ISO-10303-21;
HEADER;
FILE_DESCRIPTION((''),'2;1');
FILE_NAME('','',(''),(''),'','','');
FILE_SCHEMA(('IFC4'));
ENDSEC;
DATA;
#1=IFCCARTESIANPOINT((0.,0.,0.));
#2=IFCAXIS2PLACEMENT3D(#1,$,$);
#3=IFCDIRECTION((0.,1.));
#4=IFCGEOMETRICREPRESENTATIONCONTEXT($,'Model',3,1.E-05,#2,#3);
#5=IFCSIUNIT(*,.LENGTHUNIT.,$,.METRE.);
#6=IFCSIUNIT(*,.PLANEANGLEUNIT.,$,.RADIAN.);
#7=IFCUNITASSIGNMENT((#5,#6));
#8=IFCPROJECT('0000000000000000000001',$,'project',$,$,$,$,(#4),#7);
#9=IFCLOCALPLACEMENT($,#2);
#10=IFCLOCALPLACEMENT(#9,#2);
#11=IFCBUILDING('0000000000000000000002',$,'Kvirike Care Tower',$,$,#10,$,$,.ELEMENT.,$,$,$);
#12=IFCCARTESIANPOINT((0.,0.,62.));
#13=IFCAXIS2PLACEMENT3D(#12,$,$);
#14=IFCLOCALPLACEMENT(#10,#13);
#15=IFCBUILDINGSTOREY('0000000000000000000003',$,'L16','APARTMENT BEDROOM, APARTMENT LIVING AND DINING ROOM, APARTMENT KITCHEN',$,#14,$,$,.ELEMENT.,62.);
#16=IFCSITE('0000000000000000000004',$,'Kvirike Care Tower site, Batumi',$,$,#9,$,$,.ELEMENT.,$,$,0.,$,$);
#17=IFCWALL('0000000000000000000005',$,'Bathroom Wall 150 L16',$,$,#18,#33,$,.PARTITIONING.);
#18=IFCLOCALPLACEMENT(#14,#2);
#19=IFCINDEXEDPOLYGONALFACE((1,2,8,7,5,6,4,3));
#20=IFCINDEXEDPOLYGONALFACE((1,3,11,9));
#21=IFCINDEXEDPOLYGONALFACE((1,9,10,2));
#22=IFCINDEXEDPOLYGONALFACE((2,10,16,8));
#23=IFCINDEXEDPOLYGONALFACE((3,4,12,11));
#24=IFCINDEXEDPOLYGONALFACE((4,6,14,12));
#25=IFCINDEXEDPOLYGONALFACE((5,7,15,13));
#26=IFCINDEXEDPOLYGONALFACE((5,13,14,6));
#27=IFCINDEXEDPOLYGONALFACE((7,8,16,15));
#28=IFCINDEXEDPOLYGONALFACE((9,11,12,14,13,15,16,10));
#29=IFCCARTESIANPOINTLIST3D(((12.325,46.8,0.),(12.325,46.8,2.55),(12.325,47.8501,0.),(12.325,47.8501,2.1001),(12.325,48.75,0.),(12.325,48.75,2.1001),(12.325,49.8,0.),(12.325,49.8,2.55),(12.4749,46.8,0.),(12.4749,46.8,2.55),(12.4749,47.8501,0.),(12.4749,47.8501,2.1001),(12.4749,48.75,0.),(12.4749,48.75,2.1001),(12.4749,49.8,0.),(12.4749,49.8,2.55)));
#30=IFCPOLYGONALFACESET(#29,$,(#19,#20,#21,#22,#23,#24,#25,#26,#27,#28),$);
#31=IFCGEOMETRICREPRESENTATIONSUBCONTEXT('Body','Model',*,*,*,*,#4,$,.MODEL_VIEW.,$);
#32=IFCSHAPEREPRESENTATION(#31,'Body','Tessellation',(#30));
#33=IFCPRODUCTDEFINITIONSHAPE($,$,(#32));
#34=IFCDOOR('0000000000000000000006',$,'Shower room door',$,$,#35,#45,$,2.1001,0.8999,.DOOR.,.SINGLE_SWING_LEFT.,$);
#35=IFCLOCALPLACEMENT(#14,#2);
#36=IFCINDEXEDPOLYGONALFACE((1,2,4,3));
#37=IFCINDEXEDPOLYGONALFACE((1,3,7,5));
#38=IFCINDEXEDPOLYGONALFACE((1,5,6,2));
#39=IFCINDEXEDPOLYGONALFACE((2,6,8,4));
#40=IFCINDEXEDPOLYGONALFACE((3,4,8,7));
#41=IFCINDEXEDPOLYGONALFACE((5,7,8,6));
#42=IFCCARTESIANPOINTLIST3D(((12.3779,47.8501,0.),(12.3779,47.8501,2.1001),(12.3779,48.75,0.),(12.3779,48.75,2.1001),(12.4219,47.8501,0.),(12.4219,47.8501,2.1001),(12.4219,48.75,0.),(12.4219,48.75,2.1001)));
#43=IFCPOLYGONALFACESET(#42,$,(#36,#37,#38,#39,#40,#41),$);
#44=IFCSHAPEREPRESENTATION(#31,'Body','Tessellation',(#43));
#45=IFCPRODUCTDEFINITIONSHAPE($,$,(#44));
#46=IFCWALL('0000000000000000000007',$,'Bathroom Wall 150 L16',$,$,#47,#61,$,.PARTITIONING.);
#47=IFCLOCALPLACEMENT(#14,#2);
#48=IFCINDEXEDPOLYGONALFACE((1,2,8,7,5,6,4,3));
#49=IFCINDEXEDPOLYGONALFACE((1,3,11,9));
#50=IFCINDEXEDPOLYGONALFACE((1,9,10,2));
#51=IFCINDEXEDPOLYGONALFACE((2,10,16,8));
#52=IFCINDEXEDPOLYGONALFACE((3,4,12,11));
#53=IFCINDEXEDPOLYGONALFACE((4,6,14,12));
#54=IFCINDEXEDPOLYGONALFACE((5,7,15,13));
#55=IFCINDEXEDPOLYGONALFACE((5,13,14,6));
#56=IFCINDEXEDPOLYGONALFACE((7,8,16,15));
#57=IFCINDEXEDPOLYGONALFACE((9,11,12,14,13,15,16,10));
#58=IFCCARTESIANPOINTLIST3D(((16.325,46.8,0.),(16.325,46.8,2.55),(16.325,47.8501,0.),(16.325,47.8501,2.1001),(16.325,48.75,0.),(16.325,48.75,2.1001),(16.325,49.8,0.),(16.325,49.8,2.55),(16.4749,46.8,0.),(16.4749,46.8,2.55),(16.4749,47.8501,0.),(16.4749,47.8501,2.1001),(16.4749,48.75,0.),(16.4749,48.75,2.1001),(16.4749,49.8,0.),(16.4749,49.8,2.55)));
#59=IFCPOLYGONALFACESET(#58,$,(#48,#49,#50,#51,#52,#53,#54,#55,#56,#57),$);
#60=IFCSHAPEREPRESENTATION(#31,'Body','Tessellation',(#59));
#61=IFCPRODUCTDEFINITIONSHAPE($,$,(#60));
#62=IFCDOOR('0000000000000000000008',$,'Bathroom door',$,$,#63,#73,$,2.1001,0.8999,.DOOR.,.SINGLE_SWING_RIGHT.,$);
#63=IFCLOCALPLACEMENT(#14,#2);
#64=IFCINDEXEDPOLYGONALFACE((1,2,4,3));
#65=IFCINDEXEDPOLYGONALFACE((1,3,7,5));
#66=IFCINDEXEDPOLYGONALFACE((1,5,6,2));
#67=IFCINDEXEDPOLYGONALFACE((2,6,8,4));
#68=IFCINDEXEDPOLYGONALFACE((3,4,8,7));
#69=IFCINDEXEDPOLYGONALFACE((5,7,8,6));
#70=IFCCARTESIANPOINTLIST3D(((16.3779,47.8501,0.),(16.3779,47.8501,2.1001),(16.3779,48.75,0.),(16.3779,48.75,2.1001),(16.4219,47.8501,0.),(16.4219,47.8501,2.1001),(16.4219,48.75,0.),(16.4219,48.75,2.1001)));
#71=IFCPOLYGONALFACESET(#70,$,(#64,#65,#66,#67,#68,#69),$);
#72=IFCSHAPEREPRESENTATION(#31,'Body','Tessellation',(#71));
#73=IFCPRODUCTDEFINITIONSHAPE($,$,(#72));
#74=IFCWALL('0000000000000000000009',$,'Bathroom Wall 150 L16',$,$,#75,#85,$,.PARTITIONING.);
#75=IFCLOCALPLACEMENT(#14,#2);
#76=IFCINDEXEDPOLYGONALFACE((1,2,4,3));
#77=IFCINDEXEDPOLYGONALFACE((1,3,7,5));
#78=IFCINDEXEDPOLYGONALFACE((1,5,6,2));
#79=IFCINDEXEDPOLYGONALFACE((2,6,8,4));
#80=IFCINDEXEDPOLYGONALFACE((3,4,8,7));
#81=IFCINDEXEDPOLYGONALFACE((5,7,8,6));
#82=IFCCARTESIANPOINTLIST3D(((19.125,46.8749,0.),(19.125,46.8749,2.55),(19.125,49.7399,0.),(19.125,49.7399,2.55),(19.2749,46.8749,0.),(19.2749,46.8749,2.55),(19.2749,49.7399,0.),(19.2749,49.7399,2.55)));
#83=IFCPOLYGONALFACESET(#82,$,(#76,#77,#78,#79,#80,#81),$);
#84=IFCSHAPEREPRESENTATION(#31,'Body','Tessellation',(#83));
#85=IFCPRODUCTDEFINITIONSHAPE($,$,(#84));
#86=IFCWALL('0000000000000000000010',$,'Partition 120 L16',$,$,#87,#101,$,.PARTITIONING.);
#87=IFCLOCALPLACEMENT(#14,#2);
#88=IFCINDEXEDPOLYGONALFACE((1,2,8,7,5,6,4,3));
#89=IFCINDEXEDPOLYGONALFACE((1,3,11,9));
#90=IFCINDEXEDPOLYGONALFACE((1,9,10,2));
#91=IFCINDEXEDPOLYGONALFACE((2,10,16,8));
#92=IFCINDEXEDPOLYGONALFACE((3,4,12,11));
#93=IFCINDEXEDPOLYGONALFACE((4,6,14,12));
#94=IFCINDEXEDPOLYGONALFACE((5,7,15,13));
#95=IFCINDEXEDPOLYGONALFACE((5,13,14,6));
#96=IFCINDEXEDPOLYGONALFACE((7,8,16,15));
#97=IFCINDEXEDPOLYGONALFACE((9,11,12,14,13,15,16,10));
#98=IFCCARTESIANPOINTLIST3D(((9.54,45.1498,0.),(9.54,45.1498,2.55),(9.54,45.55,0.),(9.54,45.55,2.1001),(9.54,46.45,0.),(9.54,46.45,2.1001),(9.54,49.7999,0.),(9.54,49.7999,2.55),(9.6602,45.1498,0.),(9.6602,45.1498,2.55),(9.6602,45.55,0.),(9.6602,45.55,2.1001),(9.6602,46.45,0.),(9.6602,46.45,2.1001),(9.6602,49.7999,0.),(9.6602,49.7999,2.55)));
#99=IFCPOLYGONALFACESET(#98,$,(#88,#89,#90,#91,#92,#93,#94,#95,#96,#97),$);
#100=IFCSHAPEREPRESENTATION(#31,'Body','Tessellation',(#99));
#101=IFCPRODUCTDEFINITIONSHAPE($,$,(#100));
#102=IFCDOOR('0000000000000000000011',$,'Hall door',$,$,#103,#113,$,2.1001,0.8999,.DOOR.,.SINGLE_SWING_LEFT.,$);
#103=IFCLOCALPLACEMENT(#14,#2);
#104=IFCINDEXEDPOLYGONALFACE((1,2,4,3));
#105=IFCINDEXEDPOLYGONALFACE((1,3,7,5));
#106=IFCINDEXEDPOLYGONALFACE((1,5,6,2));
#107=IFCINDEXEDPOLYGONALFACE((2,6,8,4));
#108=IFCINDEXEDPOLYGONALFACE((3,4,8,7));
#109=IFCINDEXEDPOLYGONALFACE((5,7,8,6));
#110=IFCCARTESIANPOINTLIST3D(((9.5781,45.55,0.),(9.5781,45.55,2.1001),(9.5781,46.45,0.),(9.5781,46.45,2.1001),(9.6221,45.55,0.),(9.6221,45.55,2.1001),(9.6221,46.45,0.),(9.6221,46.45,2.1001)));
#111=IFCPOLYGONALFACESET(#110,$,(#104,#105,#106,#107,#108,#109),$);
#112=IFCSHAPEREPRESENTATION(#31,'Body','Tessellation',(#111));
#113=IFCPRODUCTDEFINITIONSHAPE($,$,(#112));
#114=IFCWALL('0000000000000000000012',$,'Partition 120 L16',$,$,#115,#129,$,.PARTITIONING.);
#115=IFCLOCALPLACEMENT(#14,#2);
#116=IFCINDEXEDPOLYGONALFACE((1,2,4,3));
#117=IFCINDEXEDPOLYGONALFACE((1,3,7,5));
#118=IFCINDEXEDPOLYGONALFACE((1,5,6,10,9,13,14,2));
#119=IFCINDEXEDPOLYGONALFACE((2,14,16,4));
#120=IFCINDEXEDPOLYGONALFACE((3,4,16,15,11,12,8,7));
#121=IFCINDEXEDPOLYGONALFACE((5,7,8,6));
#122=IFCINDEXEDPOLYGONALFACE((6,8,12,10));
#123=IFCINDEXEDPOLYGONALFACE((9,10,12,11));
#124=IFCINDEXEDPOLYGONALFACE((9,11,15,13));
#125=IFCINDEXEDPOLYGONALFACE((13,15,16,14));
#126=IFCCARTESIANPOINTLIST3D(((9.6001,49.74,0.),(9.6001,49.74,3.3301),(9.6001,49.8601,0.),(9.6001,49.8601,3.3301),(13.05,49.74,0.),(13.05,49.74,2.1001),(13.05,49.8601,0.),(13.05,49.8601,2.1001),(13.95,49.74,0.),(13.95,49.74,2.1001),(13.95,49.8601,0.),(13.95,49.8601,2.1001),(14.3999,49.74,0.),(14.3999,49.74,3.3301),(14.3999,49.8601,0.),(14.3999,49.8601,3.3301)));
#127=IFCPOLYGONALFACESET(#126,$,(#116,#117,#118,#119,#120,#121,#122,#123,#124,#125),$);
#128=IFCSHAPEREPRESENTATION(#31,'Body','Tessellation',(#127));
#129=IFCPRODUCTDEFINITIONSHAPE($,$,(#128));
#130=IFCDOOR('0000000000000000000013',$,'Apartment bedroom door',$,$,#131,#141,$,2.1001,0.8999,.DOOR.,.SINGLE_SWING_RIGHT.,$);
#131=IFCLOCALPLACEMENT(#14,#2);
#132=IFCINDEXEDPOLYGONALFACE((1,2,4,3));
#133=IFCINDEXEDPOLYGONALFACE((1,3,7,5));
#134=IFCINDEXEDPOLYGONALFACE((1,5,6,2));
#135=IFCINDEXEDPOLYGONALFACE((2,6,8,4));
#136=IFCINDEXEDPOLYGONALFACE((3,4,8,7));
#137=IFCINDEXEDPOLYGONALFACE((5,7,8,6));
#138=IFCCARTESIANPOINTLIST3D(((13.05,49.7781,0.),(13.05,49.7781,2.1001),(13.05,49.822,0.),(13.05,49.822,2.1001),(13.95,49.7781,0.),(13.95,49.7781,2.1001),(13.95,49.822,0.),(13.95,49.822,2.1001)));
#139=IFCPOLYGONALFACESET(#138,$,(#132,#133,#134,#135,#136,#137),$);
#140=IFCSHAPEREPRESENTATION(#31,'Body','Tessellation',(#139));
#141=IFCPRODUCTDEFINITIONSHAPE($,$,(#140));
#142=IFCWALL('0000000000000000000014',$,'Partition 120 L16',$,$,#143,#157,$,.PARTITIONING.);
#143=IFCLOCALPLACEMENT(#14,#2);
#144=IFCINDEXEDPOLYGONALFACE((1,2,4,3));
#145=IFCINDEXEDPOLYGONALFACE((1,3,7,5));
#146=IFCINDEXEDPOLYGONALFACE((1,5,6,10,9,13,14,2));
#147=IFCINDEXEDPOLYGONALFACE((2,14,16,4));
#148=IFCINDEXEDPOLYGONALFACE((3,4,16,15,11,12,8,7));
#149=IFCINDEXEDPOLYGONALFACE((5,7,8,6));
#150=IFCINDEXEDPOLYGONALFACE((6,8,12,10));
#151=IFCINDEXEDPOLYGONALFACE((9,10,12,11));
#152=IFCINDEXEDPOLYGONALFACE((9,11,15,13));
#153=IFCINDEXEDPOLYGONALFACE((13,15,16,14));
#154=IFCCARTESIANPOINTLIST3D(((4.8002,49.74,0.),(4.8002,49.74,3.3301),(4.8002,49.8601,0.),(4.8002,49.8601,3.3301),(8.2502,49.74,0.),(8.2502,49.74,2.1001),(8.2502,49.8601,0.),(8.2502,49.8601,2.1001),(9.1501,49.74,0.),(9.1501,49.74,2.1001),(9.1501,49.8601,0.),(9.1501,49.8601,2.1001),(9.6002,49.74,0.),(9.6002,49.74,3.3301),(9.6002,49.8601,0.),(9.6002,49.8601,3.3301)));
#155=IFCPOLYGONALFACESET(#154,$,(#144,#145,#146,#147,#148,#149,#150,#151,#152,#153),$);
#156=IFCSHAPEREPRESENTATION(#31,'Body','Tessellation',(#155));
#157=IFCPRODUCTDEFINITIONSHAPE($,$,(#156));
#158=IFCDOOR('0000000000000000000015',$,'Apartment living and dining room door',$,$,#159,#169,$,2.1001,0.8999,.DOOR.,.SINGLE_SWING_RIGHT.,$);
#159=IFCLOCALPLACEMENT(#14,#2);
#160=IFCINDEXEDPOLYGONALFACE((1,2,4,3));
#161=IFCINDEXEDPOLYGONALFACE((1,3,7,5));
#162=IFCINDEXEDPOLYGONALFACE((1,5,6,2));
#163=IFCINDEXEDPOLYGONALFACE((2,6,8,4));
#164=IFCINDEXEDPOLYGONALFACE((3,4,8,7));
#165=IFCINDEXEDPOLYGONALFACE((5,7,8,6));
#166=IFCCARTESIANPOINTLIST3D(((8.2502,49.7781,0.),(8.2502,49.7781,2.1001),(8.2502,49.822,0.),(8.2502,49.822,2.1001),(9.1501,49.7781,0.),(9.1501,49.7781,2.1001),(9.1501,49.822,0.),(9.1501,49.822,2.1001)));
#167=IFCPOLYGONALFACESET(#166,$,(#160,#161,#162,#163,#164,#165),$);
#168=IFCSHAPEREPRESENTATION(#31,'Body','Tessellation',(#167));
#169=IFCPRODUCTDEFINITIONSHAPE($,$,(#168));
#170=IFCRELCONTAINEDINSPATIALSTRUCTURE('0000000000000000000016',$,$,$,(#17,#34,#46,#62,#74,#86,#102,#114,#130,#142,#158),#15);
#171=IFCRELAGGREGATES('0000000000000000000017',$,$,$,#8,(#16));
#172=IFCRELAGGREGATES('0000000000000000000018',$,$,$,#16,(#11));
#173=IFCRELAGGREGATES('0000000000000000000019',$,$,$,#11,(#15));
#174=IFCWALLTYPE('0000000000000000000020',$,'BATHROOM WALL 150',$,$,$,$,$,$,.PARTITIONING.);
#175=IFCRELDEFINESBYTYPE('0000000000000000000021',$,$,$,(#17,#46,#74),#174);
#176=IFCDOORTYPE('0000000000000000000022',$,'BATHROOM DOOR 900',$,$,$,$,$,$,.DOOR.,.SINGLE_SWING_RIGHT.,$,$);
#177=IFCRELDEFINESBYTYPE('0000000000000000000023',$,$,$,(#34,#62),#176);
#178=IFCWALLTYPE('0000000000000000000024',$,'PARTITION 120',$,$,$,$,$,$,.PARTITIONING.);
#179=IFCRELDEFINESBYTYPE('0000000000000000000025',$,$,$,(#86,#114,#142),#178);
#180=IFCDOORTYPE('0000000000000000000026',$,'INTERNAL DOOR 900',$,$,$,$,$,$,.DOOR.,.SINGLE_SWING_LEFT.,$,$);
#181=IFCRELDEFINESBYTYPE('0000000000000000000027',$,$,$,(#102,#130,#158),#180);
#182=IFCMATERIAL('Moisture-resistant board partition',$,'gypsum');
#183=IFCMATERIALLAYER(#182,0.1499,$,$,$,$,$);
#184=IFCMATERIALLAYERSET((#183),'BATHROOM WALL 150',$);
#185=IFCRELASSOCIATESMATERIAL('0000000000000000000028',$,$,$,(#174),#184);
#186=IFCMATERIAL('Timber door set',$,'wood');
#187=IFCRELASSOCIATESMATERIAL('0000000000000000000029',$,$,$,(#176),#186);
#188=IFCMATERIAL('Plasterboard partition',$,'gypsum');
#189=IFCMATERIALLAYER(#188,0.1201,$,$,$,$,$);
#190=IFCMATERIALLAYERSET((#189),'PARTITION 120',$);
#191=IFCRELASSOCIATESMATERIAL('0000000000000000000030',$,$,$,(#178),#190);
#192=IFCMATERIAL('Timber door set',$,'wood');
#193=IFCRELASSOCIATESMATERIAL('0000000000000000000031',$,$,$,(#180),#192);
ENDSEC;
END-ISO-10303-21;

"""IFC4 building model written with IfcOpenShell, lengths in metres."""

from ifc_helpers import new_model, si_unit, direction, frame, frame_2d, origin, place, context, subcontext, project, spatial, rectangle, extrude, material, layer, layer_set, type_object, element, fill, save


model = new_model("IFC4")

# Units and contexts
model_context = context("Model", 3, precision=1e-05, world=origin(), true_north=direction((0.0, 1.0)))
body_context = subcontext(model_context, "Body", "Model", "MODEL_VIEW")
ifc_project = project(units=[si_unit("LENGTHUNIT", "METRE"), si_unit("PLANEANGLEUNIT", "RADIAN")], contexts=[model_context])

# Site, building, storey
site_placement = place(None, origin())
site = spatial("IfcSite", under=ifc_project, at=site_placement, Name="Kvirike Care Tower site, Batumi", CompositionType="ELEMENT", RefElevation=0.0)
building_placement = place(site_placement, origin())
building = spatial("IfcBuilding", under=site, at=building_placement, Name="Kvirike Care Tower", CompositionType="ELEMENT")
storey_placement = place(building_placement, frame((0.0, 0.0, 62.0)))
storey = spatial("IfcBuildingStorey", under=building, at=storey_placement, Name="L16", Description="APARTMENT BEDROOM, APARTMENT LIVING AND DINING ROOM, APARTMENT KITCHEN", CompositionType="ELEMENT", Elevation=62.0)

# Walls, openings, doors
ifc_material_1 = material(Name="Moisture-resistant board partition", Category="gypsum")
ifc_layer_1 = layer(ifc_material_1, 0.1499)
ifc_layer_set_1 = layer_set([ifc_layer_1], Name="BATHROOM WALL 150")
wall_type_1 = type_object("IfcWallType", Name="BATHROOM WALL 150", PredefinedType="PARTITIONING", material=ifc_layer_set_1)
wall_1_placement = place(storey_placement, frame((12.3999, 49.8, 0.0), z_axis=(0.0, 0.0, 1.0), x_axis=(0.0, -1.0, 0.0)))
wall_1 = element("IfcWall", 1, at=wall_1_placement, inside=storey, type_object=wall_type_1, Name="Bathroom Wall 150 L16", PredefinedType="PARTITIONING", context=body_context, shape_type="SweptSolid", body=[
    extrude(rectangle(XDim=3.0, YDim=0.1499, at=frame_2d((1.5, 0.0))), origin(), (0.0, 0.0, 1.0), 2.55),
])
opening_1_placement = place(wall_1_placement, frame((1.05, 0.0, 0.0)))
opening_1 = element("IfcOpeningElement", 2, at=opening_1_placement, cuts=wall_1, PredefinedType="OPENING", context=body_context, shape_type="SweptSolid", body=[
    extrude(rectangle(XDim=0.8999, YDim=2.1001, at=frame_2d((0.45, 1.05))), frame((0.0, 0.0854, 0.0), z_axis=(0.0, -1.0, 0.0), x_axis=(1.0, 0.0, 0.0)), (0.0, 0.0, 1.0), 0.1709),
])
ifc_material_2 = material(Name="Timber door set", Category="wood")
door_type_1 = type_object("IfcDoorType", Name="BATHROOM DOOR 900", OperationType="SINGLE_SWING_RIGHT", PredefinedType="DOOR", material=ifc_material_2)
door_1_placement = place(opening_1_placement, frame((0.8999, 0.0, 0.0), z_axis=(0.0, 0.0, 1.0), x_axis=(-1.0, 0.0, 0.0)))
door_1 = element("IfcDoor", 3, at=door_1_placement, inside=storey, type_object=door_type_1, Name="Shower room door", OperationType="SINGLE_SWING_LEFT", OverallHeight=2.1001, OverallWidth=0.8999, PredefinedType="DOOR", context=body_context, shape_type="SweptSolid", body=[
    extrude(rectangle(XDim=0.8999, YDim=2.1001, at=frame_2d((0.45, 1.05))), frame((0.0, 0.022, 0.0), z_axis=(0.0, -1.0, 0.0), x_axis=(1.0, 0.0, 0.0)), (0.0, 0.0, 1.0), 0.0439),
])
fill(opening_1, door_1)
wall_2_placement = place(storey_placement, frame((16.3999, 49.8, 0.0), z_axis=(0.0, 0.0, 1.0), x_axis=(0.0, -1.0, 0.0)))
wall_2 = element("IfcWall", 4, at=wall_2_placement, inside=storey, type_object=wall_type_1, Name="Bathroom Wall 150 L16", PredefinedType="PARTITIONING", context=body_context, shape_type="SweptSolid", body=[
    extrude(rectangle(XDim=3.0, YDim=0.1499, at=frame_2d((1.5, 0.0))), origin(), (0.0, 0.0, 1.0), 2.55),
])
opening_2_placement = place(wall_2_placement, frame((1.05, 0.0, 0.0)))
opening_2 = element("IfcOpeningElement", 5, at=opening_2_placement, cuts=wall_2, PredefinedType="OPENING", context=body_context, shape_type="SweptSolid", body=[
    extrude(rectangle(XDim=0.8999, YDim=2.1001, at=frame_2d((0.45, 1.05))), frame((0.0, 0.0854, 0.0), z_axis=(0.0, -1.0, 0.0), x_axis=(1.0, 0.0, 0.0)), (0.0, 0.0, 1.0), 0.1709),
])
door_2_placement = place(opening_2_placement, origin())
door_2 = element("IfcDoor", 6, at=door_2_placement, inside=storey, type_object=door_type_1, Name="Bathroom door", OperationType="SINGLE_SWING_RIGHT", OverallHeight=2.1001, OverallWidth=0.8999, PredefinedType="DOOR", context=body_context, shape_type="SweptSolid", body=[
    extrude(rectangle(XDim=0.8999, YDim=2.1001, at=frame_2d((0.45, 1.05))), frame((0.0, 0.022, 0.0), z_axis=(0.0, -1.0, 0.0), x_axis=(1.0, 0.0, 0.0)), (0.0, 0.0, 1.0), 0.0439),
])
fill(opening_2, door_2)

# Wall
wall_3_placement = place(storey_placement, frame((19.2, 49.74, 0.0), z_axis=(0.0, 0.0, 1.0), x_axis=(0.0, -1.0, 0.0)))
element("IfcWall", 7, at=wall_3_placement, inside=storey, type_object=wall_type_1, Name="Bathroom Wall 150 L16", PredefinedType="PARTITIONING", context=body_context, shape_type="SweptSolid", body=[
    extrude(rectangle(XDim=2.865, YDim=0.1499, at=frame_2d((1.4326, 0.0))), origin(), (0.0, 0.0, 1.0), 2.55),
])

# Walls, openings, doors
ifc_material_3 = material(Name="Plasterboard partition", Category="gypsum")
ifc_layer_2 = layer(ifc_material_3, 0.1201)
ifc_layer_set_2 = layer_set([ifc_layer_2], Name="PARTITION 120")
wall_type_2 = type_object("IfcWallType", Name="PARTITION 120", PredefinedType="PARTITIONING", material=ifc_layer_set_2)
wall_4_placement = place(storey_placement, frame((9.6001, 49.8, 0.0), z_axis=(0.0, 0.0, 1.0), x_axis=(0.0, -1.0, 0.0)))
wall_4 = element("IfcWall", 8, at=wall_4_placement, inside=storey, type_object=wall_type_2, Name="Partition 120 L16", PredefinedType="PARTITIONING", context=body_context, shape_type="SweptSolid", body=[
    extrude(rectangle(XDim=4.6501, YDim=0.1201, at=frame_2d((2.3252, 0.0))), origin(), (0.0, 0.0, 1.0), 2.55),
])
opening_3_placement = place(wall_4_placement, frame((3.3501, 0.0, 0.0)))
opening_3 = element("IfcOpeningElement", 9, at=opening_3_placement, cuts=wall_4, PredefinedType="OPENING", context=body_context, shape_type="SweptSolid", body=[
    extrude(rectangle(XDim=0.8999, YDim=2.1001, at=frame_2d((0.45, 1.05))), frame((0.0, 0.0706, 0.0), z_axis=(0.0, -1.0, 0.0), x_axis=(1.0, 0.0, 0.0)), (0.0, 0.0, 1.0), 0.1411),
])
ifc_material_4 = material(Name="Timber door set", Category="wood")
door_type_2 = type_object("IfcDoorType", Name="INTERNAL DOOR 900", OperationType="SINGLE_SWING_LEFT", PredefinedType="DOOR", material=ifc_material_4)
door_3_placement = place(opening_3_placement, origin())
door_3 = element("IfcDoor", 10, at=door_3_placement, inside=storey, type_object=door_type_2, Name="Hall door", OperationType="SINGLE_SWING_LEFT", OverallHeight=2.1001, OverallWidth=0.8999, PredefinedType="DOOR", context=body_context, shape_type="SweptSolid", body=[
    extrude(rectangle(XDim=0.8999, YDim=2.1001, at=frame_2d((0.45, 1.05))), frame((0.0, 0.022, 0.0), z_axis=(0.0, -1.0, 0.0), x_axis=(1.0, 0.0, 0.0)), (0.0, 0.0, 1.0), 0.0439),
])
fill(opening_3, door_3)
wall_5_placement = place(storey_placement, frame((14.3999, 49.8, 0.0), z_axis=(0.0, 0.0, 1.0), x_axis=(-1.0, 0.0, 0.0)))
wall_5 = element("IfcWall", 11, at=wall_5_placement, inside=storey, type_object=wall_type_2, Name="Partition 120 L16", PredefinedType="PARTITIONING", context=body_context, shape_type="SweptSolid", body=[
    extrude(rectangle(XDim=4.7998, YDim=0.1201, at=frame_2d((2.3999, 0.0))), origin(), (0.0, 0.0, 1.0), 3.3301),
])
opening_4_placement = place(wall_5_placement, frame((0.45, 0.0, 0.0)))
opening_4 = element("IfcOpeningElement", 12, at=opening_4_placement, cuts=wall_5, PredefinedType="OPENING", context=body_context, shape_type="SweptSolid", body=[
    extrude(rectangle(XDim=0.8999, YDim=2.1001, at=frame_2d((0.45, 1.05))), frame((0.0, 0.0706, 0.0), z_axis=(0.0, -1.0, 0.0), x_axis=(1.0, 0.0, 0.0)), (0.0, 0.0, 1.0), 0.1411),
])
door_4_placement = place(opening_4_placement, origin())
door_4 = element("IfcDoor", 13, at=door_4_placement, inside=storey, type_object=door_type_2, Name="Apartment bedroom door", OperationType="SINGLE_SWING_RIGHT", OverallHeight=2.1001, OverallWidth=0.8999, PredefinedType="DOOR", context=body_context, shape_type="SweptSolid", body=[
    extrude(rectangle(XDim=0.8999, YDim=2.1001, at=frame_2d((0.45, 1.05))), frame((0.0, 0.022, 0.0), z_axis=(0.0, -1.0, 0.0), x_axis=(1.0, 0.0, 0.0)), (0.0, 0.0, 1.0), 0.0439),
])
fill(opening_4, door_4)
wall_6_placement = place(storey_placement, frame((9.6001, 49.8, 0.0), z_axis=(0.0, 0.0, 1.0), x_axis=(-1.0, 0.0, 0.0)))
wall_6 = element("IfcWall", 14, at=wall_6_placement, inside=storey, type_object=wall_type_2, Name="Partition 120 L16", PredefinedType="PARTITIONING", context=body_context, shape_type="SweptSolid", body=[
    extrude(rectangle(XDim=4.8, YDim=0.1201, at=frame_2d((2.3999, 0.0))), origin(), (0.0, 0.0, 1.0), 3.3301),
])
opening_5_placement = place(wall_6_placement, frame((0.45, 0.0, 0.0)))
opening_5 = element("IfcOpeningElement", 15, at=opening_5_placement, cuts=wall_6, PredefinedType="OPENING", context=body_context, shape_type="SweptSolid", body=[
    extrude(rectangle(XDim=0.8999, YDim=2.1001, at=frame_2d((0.45, 1.05))), frame((0.0, 0.0706, 0.0), z_axis=(0.0, -1.0, 0.0), x_axis=(1.0, 0.0, 0.0)), (0.0, 0.0, 1.0), 0.1411),
])
door_5_placement = place(opening_5_placement, origin())
door_5 = element("IfcDoor", 16, at=door_5_placement, inside=storey, type_object=door_type_2, Name="Apartment living and dining room door", OperationType="SINGLE_SWING_RIGHT", OverallHeight=2.1001, OverallWidth=0.8999, PredefinedType="DOOR", context=body_context, shape_type="SweptSolid", body=[
    extrude(rectangle(XDim=0.8999, YDim=2.1001, at=frame_2d((0.45, 1.05))), frame((0.0, 0.022, 0.0), z_axis=(0.0, -1.0, 0.0), x_axis=(1.0, 0.0, 0.0)), (0.0, 0.0, 1.0), 0.0439),
])
fill(opening_5, door_5)

save(model, "model.ifc")
